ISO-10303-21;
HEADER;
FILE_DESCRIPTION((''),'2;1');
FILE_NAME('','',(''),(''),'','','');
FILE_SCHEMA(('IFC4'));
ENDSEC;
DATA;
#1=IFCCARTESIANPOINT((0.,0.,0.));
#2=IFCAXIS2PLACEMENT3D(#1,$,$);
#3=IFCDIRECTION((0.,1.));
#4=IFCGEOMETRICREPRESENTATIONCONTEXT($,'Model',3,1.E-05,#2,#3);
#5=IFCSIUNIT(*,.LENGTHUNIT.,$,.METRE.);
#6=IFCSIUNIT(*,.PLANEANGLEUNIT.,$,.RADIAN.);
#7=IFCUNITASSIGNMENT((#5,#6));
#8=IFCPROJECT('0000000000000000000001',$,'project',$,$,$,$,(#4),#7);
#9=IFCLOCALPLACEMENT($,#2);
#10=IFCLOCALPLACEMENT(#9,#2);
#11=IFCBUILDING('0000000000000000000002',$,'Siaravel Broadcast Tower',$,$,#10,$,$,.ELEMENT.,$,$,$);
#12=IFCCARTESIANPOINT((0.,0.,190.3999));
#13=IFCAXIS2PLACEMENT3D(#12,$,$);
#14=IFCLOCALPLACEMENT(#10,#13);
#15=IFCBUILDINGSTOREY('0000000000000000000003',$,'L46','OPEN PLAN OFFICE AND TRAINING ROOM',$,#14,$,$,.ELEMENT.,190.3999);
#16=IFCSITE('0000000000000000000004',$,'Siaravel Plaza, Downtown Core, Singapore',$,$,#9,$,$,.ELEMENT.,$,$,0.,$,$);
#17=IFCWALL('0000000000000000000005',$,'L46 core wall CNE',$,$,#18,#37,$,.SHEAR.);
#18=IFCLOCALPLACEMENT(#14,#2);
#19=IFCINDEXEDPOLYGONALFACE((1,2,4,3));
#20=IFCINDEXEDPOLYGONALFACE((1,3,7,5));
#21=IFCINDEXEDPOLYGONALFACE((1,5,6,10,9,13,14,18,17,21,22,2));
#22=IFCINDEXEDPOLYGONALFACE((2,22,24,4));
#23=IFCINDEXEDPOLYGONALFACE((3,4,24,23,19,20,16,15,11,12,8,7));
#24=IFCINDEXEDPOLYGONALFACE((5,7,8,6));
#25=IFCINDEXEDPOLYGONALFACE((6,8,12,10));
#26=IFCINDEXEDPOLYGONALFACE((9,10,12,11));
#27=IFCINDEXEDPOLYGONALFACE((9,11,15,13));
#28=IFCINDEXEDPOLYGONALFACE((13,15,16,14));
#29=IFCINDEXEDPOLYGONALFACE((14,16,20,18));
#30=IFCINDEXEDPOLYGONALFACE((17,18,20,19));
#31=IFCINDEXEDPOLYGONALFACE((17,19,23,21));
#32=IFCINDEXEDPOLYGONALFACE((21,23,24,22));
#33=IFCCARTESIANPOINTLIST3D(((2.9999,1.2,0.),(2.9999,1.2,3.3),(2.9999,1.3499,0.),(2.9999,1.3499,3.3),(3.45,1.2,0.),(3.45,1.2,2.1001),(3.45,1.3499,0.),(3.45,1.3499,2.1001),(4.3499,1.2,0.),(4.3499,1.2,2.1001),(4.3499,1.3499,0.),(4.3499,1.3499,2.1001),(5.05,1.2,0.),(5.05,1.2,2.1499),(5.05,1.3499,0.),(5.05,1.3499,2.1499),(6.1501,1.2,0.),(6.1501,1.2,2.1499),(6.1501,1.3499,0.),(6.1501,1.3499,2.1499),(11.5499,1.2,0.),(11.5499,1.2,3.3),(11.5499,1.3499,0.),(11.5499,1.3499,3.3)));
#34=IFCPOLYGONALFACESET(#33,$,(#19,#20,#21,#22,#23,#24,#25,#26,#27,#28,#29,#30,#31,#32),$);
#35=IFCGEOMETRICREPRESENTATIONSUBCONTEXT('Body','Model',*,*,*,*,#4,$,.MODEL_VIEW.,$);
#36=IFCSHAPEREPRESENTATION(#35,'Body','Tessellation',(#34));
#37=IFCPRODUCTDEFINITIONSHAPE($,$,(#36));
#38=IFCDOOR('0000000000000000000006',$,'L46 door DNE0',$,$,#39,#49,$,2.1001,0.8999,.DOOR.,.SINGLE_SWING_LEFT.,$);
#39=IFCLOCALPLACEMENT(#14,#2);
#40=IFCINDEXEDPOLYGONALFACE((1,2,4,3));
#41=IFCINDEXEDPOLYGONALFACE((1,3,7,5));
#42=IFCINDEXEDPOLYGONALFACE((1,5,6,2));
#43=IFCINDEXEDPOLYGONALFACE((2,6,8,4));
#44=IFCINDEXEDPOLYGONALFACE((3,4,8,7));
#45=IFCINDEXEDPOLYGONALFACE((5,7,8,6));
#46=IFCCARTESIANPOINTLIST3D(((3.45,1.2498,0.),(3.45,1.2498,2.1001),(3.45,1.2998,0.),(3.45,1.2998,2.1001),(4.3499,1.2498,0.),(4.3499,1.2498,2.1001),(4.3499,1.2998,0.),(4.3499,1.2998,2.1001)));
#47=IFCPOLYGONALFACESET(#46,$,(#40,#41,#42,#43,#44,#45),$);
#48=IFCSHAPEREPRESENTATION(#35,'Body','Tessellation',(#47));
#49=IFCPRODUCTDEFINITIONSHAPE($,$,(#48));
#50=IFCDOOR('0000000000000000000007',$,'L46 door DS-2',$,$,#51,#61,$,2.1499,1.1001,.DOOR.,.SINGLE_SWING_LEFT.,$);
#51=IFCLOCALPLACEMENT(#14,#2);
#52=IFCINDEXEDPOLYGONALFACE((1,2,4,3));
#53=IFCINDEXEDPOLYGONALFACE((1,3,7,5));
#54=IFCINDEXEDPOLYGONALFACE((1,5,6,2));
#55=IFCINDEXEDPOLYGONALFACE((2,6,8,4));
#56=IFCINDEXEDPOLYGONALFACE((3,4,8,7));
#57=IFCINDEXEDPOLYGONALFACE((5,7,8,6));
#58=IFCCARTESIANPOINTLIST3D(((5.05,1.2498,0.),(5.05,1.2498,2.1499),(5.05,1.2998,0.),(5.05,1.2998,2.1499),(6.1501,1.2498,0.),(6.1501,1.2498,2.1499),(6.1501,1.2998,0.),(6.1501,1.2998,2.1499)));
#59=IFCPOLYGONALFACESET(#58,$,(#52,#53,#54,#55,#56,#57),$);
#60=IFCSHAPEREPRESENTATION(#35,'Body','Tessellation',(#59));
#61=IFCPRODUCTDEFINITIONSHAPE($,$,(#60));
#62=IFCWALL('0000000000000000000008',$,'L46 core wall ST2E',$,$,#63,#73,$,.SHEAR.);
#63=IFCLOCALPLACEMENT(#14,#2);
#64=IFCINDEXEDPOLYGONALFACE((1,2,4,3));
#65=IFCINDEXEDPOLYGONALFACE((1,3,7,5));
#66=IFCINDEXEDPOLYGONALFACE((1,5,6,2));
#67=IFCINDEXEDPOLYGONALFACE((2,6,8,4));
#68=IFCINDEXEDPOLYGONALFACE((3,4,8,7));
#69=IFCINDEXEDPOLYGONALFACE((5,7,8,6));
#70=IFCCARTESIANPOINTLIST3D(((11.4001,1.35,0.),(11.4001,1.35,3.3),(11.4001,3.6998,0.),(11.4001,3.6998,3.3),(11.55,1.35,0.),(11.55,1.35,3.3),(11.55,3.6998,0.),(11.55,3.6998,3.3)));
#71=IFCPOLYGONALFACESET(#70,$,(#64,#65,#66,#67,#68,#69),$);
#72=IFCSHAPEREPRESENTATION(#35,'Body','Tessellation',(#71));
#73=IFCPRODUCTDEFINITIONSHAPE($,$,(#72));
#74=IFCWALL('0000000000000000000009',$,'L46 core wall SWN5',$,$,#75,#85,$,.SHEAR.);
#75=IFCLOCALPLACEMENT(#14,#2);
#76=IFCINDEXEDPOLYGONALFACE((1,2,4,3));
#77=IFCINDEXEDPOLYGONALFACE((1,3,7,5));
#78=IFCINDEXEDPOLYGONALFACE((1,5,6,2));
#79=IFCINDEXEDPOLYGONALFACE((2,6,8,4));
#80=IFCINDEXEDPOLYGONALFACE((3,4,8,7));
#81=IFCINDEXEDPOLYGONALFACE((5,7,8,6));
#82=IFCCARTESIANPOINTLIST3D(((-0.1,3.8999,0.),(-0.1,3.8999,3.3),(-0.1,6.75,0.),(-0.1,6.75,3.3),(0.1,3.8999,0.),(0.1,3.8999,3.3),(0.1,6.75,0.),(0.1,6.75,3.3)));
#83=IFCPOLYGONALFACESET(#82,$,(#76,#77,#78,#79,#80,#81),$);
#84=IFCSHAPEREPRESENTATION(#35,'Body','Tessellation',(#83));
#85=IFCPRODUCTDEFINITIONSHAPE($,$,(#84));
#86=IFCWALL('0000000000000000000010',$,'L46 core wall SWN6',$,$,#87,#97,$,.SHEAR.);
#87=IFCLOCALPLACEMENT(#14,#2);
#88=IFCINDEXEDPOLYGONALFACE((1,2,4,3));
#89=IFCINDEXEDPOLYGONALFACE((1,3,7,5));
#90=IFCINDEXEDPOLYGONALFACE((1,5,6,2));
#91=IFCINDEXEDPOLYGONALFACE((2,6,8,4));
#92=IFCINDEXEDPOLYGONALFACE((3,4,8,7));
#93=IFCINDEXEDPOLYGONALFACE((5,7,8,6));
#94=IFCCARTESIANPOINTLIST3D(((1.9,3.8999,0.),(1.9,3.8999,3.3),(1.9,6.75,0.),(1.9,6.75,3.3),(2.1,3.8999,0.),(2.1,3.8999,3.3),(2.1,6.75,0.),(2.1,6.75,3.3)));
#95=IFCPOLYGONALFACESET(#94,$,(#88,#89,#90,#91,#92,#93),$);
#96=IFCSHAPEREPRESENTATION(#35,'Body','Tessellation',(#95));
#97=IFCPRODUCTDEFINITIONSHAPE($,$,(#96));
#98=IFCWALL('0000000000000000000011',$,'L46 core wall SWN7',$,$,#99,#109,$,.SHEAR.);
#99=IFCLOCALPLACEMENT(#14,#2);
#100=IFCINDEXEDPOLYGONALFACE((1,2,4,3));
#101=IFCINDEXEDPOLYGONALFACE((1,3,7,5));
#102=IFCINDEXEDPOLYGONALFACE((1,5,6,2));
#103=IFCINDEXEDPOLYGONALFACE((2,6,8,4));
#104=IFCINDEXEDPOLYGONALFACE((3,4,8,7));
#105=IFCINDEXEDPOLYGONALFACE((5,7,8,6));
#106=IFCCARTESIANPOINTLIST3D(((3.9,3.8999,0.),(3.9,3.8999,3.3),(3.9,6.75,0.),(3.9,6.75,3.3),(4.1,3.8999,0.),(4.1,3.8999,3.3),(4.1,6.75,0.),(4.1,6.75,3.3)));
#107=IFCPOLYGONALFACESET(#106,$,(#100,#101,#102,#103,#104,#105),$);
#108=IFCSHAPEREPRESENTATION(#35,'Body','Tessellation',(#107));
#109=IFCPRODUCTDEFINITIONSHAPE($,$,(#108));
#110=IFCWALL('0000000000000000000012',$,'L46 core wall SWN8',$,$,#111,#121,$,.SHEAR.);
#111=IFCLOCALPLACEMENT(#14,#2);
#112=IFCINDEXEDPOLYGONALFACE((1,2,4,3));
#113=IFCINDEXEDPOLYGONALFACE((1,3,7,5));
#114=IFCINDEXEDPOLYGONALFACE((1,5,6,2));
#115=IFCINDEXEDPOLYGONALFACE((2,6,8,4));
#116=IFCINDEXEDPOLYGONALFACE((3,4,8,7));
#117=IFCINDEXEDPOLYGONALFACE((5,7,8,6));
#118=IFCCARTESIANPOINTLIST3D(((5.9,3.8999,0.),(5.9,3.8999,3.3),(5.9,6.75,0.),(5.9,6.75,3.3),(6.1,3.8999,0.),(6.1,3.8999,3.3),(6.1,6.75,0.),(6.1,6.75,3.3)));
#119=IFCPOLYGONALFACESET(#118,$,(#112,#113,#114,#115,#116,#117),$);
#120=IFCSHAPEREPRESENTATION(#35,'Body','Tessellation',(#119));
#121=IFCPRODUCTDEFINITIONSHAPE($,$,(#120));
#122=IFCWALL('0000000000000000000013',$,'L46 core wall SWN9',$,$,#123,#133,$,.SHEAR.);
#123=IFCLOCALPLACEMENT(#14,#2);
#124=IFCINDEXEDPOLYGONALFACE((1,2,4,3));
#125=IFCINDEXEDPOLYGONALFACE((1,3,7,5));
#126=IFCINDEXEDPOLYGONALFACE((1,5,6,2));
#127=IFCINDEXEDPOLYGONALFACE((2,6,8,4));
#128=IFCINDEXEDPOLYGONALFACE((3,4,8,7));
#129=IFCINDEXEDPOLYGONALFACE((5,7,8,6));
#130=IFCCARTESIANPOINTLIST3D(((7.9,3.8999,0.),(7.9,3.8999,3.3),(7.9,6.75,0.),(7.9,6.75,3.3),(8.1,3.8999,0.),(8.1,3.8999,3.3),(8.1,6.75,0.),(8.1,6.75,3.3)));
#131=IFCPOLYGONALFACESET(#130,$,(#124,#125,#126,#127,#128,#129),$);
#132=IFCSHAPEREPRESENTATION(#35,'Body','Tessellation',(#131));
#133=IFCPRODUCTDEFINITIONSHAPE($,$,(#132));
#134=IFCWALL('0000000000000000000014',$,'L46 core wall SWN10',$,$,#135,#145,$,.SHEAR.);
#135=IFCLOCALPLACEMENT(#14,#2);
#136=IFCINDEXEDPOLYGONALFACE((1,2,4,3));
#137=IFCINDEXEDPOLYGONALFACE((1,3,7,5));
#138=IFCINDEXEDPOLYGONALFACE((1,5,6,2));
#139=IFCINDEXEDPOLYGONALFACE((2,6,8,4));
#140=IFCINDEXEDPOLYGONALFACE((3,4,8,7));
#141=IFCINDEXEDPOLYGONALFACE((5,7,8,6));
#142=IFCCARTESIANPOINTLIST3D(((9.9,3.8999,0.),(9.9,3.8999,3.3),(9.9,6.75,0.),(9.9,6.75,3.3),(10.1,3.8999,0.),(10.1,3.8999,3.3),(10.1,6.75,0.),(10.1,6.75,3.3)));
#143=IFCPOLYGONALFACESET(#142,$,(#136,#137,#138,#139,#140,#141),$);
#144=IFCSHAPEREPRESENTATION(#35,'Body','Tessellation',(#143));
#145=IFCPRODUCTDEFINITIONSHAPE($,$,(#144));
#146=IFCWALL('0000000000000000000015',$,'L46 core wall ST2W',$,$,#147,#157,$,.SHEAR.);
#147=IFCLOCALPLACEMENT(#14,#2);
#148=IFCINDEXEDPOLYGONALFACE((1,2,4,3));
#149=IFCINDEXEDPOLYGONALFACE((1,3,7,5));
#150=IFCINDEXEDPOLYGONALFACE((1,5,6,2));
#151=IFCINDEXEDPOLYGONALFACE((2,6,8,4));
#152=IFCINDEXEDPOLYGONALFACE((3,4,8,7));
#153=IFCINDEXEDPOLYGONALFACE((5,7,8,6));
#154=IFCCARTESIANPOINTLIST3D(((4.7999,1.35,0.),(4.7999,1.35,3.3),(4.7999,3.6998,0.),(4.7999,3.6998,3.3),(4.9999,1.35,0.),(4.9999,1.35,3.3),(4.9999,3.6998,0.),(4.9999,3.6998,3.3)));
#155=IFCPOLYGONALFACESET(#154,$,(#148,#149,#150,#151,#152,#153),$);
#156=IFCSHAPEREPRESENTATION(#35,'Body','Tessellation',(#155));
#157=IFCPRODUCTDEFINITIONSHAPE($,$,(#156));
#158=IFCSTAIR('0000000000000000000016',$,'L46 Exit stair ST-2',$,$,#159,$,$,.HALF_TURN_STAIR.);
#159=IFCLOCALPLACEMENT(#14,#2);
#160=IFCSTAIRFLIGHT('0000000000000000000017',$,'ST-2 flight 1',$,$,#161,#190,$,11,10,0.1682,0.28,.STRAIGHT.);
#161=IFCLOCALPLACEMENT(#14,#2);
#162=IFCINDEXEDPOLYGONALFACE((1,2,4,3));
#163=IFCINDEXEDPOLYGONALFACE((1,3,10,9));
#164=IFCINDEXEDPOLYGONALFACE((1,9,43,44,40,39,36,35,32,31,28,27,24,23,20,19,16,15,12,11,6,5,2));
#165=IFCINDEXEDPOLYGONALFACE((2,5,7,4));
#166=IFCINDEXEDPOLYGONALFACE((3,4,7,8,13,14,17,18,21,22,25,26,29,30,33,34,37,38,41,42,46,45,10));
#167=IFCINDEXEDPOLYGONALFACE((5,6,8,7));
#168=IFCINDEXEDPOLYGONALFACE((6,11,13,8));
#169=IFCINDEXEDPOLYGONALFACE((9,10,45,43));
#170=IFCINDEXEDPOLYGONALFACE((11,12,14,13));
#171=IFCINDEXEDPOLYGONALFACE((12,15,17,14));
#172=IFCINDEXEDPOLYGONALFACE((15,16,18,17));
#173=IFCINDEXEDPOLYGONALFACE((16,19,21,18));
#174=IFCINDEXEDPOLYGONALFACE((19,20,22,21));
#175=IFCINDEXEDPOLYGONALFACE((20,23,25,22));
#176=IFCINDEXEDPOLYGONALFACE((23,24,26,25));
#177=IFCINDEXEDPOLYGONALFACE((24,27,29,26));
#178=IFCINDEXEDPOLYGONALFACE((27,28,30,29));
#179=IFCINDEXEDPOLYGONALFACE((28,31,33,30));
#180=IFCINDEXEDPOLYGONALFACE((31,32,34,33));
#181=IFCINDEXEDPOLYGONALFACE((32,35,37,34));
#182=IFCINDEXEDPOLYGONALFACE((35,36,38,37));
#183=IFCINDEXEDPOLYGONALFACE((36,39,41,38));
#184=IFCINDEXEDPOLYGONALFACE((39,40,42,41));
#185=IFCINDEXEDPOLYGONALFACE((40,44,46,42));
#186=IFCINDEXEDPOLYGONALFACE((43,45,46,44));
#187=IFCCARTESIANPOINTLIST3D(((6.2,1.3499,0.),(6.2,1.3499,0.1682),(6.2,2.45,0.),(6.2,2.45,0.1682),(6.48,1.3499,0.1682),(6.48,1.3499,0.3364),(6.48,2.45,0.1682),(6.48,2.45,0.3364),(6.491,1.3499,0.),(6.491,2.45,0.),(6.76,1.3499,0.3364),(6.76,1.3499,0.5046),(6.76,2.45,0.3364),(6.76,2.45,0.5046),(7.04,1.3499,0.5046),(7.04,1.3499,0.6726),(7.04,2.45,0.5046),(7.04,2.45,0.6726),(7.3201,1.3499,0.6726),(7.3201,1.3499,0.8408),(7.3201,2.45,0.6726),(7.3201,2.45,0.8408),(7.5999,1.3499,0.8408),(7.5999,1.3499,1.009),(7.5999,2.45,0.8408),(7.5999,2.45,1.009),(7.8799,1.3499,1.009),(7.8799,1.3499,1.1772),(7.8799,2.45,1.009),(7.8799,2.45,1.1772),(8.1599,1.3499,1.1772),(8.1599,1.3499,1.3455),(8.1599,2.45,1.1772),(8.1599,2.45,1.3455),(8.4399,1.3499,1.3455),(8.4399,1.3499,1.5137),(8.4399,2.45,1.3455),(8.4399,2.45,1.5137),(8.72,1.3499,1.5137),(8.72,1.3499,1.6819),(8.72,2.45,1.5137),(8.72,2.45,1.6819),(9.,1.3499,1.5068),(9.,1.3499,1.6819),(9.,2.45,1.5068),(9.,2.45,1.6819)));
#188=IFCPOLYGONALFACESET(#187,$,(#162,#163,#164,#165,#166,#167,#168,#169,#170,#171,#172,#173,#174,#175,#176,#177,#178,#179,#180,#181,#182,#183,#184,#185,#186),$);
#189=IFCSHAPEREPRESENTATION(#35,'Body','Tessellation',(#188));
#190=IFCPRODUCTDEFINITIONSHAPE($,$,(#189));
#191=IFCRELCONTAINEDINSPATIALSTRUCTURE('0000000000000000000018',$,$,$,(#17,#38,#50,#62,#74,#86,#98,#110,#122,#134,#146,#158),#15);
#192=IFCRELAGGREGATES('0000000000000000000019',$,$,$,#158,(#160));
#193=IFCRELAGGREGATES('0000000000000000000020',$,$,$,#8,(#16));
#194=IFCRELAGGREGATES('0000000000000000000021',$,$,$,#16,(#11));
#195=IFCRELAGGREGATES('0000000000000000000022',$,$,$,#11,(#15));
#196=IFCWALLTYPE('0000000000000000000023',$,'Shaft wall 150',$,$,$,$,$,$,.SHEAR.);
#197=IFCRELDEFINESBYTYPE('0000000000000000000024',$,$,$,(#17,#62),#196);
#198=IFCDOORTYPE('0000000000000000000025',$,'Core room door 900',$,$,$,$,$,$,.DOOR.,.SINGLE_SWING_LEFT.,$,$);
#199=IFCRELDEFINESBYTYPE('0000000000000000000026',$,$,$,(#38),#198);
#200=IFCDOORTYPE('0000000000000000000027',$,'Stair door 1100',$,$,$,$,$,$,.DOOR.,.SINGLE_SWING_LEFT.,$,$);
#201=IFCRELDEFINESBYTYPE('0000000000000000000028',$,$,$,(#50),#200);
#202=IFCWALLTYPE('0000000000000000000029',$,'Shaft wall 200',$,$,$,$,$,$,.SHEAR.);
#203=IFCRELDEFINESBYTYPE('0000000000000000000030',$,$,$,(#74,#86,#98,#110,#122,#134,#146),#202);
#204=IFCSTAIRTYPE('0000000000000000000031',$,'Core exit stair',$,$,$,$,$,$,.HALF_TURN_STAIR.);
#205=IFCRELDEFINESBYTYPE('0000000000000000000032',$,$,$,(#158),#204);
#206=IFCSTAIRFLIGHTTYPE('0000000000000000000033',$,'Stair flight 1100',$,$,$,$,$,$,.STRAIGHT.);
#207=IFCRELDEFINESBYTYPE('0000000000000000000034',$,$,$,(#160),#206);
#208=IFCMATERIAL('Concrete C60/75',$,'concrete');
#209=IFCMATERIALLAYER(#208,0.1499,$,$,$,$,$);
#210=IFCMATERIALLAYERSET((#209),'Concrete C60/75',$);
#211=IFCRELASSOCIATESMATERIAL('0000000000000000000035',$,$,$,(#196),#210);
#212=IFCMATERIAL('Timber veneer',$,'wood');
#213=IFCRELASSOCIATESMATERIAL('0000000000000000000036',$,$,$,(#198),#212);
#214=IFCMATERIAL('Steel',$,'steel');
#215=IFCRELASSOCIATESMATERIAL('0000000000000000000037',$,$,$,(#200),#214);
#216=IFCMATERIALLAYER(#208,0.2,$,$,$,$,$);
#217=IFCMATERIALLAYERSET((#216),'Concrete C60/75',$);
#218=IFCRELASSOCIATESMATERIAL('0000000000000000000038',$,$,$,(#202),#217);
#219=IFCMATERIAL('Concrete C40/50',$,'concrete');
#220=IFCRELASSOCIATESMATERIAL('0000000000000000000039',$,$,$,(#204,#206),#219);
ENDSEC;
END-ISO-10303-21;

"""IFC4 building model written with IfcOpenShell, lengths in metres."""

from ifc_helpers import new_model, si_unit, direction, frame, frame_2d, origin, place, context, subcontext, project, spatial, polyline, rectangle, outline, extrude, material, layer, layer_set, type_object, element, fill, aggregate, save


model = new_model("IFC4")

# Units and contexts
model_context = context("Model", 3, precision=1e-05, world=origin(), true_north=direction((0.0, 1.0)))
body_context = subcontext(model_context, "Body", "Model", "MODEL_VIEW")
ifc_project = project(units=[si_unit("LENGTHUNIT", "METRE"), si_unit("PLANEANGLEUNIT", "RADIAN")], contexts=[model_context])

# Site, building, storey
site_placement = place(None, origin())
site = spatial("IfcSite", under=ifc_project, at=site_placement, Name="Siaravel Plaza, Downtown Core, Singapore", CompositionType="ELEMENT", RefElevation=0.0)
building_placement = place(site_placement, origin())
building = spatial("IfcBuilding", under=site, at=building_placement, Name="Siaravel Broadcast Tower", CompositionType="ELEMENT")
storey_placement = place(building_placement, frame((0.0, 0.0, 190.3999)))
storey = spatial("IfcBuildingStorey", under=building, at=storey_placement, Name="L46", Description="OPEN PLAN OFFICE AND TRAINING ROOM", CompositionType="ELEMENT", Elevation=190.3999)

# Shared definitions
ifc_material_1 = material(Name="Concrete C60/75", Category="concrete")

# Shared definitions
ifc_material_2 = material(Name="Timber veneer", Category="wood")

# Wall, openings, doors
ifc_layer_1 = layer(ifc_material_1, 0.1499)
ifc_layer_set_1 = layer_set([ifc_layer_1], Name="Concrete C60/75")
wall_type_1 = type_object("IfcWallType", Name="Shaft wall 150", PredefinedType="SHEAR", material=ifc_layer_set_1)
wall_1_placement = place(storey_placement, frame((3.0, 1.2749, 0.0), z_axis=(0.0, 0.0, 1.0), x_axis=(1.0, 0.0, 0.0)))
wall_1 = element("IfcWall", 1, at=wall_1_placement, inside=storey, type_object=wall_type_1, Name="L46 core wall CNE", PredefinedType="SHEAR", context=body_context, shape_type="SweptSolid", body=[
    extrude(rectangle(XDim=8.55, YDim=0.1499, at=frame_2d((4.2749, 0.0))), origin(), (0.0, 0.0, 1.0), 3.3),
])
opening_1_placement = place(wall_1_placement, frame((2.05, 0.0, 0.0)))
opening_1 = element("IfcOpeningElement", 2, at=opening_1_placement, cuts=wall_1, PredefinedType="OPENING", context=body_context, shape_type="SweptSolid", body=[
    extrude(rectangle(XDim=1.1001, YDim=2.1499, at=frame_2d((0.55, 1.075))), frame((0.0, 0.085, 0.0), z_axis=(0.0, -1.0, 0.0), x_axis=(1.0, 0.0, 0.0)), (0.0, 0.0, 1.0), 0.1699),
])
opening_2_placement = place(wall_1_placement, frame((0.45, 0.0, 0.0)))
opening_2 = element("IfcOpeningElement", 3, at=opening_2_placement, cuts=wall_1, PredefinedType="OPENING", context=body_context, shape_type="SweptSolid", body=[
    extrude(rectangle(XDim=0.8999, YDim=2.1001, at=frame_2d((0.45, 1.05))), frame((0.0, 0.085, 0.0), z_axis=(0.0, -1.0, 0.0), x_axis=(1.0, 0.0, 0.0)), (0.0, 0.0, 1.0), 0.1699),
])
door_type_1 = type_object("IfcDoorType", Name="Core room door 900", OperationType="SINGLE_SWING_LEFT", PredefinedType="DOOR", material=ifc_material_2)
door_1_placement = place(opening_2_placement, origin())
door_1 = element("IfcDoor", 4, at=door_1_placement, inside=storey, type_object=door_type_1, Name="L46 door DNE0", OperationType="SINGLE_SWING_LEFT", OverallHeight=2.1001, OverallWidth=0.8999, PredefinedType="DOOR", context=body_context, shape_type="SweptSolid", body=[
    extrude(rectangle(XDim=0.8999, YDim=2.1001, at=frame_2d((0.45, 1.05))), frame((0.0, 0.0249, 0.0), z_axis=(0.0, -1.0, 0.0), x_axis=(1.0, 0.0, 0.0)), (0.0, 0.0, 1.0), 0.05),
])
fill(opening_2, door_1)
ifc_material_3 = material(Name="Steel", Category="steel")
door_type_2 = type_object("IfcDoorType", Name="Stair door 1100", OperationType="SINGLE_SWING_LEFT", PredefinedType="DOOR", material=ifc_material_3)
door_2_placement = place(opening_1_placement, origin())
door_2 = element("IfcDoor", 5, at=door_2_placement, inside=storey, type_object=door_type_2, Name="L46 door DS-2", OperationType="SINGLE_SWING_LEFT", OverallHeight=2.1499, OverallWidth=1.1001, PredefinedType="DOOR", context=body_context, shape_type="SweptSolid", body=[
    extrude(rectangle(XDim=1.1001, YDim=2.1499, at=frame_2d((0.55, 1.075))), frame((0.0, 0.0249, 0.0), z_axis=(0.0, -1.0, 0.0), x_axis=(1.0, 0.0, 0.0)), (0.0, 0.0, 1.0), 0.05),
])
fill(opening_1, door_2)

# Walls
wall_2_placement = place(storey_placement, frame((11.4751, 1.3501, 0.0), z_axis=(0.0, 0.0, 1.0), x_axis=(0.0, 1.0, 0.0)))
element("IfcWall", 6, at=wall_2_placement, inside=storey, type_object=wall_type_1, Name="L46 core wall ST2E", PredefinedType="SHEAR", context=body_context, shape_type="SweptSolid", body=[
    extrude(rectangle(XDim=2.3499, YDim=0.1499, at=frame_2d((1.1748, 0.0))), origin(), (0.0, 0.0, 1.0), 3.3),
])
ifc_layer_2 = layer(ifc_material_1, 0.2)
ifc_layer_set_2 = layer_set([ifc_layer_2], Name="Concrete C60/75")
wall_type_2 = type_object("IfcWallType", Name="Shaft wall 200", PredefinedType="SHEAR", material=ifc_layer_set_2)
for number, where, z_axis, x_axis, name in (
    (7, (0.0, 3.8999, 0.0), (0.0, 0.0, 1.0), (0.0, 1.0, 0.0), "L46 core wall SWN5"),
    (8, (2.0, 3.8999, 0.0), (0.0, 0.0, 1.0), (0.0, 1.0, 0.0), "L46 core wall SWN6"),
    (9, (4.0, 3.8999, 0.0), (0.0, 0.0, 1.0), (0.0, 1.0, 0.0), "L46 core wall SWN7"),
    (10, (6.0, 3.8999, 0.0), (0.0, 0.0, 1.0), (0.0, 1.0, 0.0), "L46 core wall SWN8"),
    (11, (8.0, 3.8999, 0.0), (0.0, 0.0, 1.0), (0.0, 1.0, 0.0), "L46 core wall SWN9"),
    (12, (10.0, 3.8999, 0.0), (0.0, 0.0, 1.0), (0.0, 1.0, 0.0), "L46 core wall SWN10"),
):
    element("IfcWall", number, at=place(storey_placement, frame(where, z_axis=z_axis, x_axis=x_axis)), inside=storey, type_object=wall_type_2, Name=name, PredefinedType="SHEAR", context=body_context, shape_type="SweptSolid", body=[
        extrude(rectangle(XDim=2.8501, YDim=0.2, at=frame_2d((1.425, 0.0))), origin(), (0.0, 0.0, 1.0), 3.3),
    ])
wall_3_placement = place(storey_placement, frame((4.8999, 1.3501, 0.0), z_axis=(0.0, 0.0, 1.0), x_axis=(0.0, 1.0, 0.0)))
element("IfcWall", 13, at=wall_3_placement, inside=storey, type_object=wall_type_2, Name="L46 core wall ST2W", PredefinedType="SHEAR", context=body_context, shape_type="SweptSolid", body=[
    extrude(rectangle(XDim=2.3499, YDim=0.2, at=frame_2d((1.1748, 0.0))), origin(), (0.0, 0.0, 1.0), 3.3),
])

# Stair, stair flight
ifc_material_4 = material(Name="Concrete C40/50", Category="concrete")
stair_type = type_object("IfcStairType", Name="Core exit stair", PredefinedType="HALF_TURN_STAIR", material=ifc_material_4)
stair_placement = place(storey_placement, origin())
stair = element("IfcStair", 14, at=stair_placement, inside=storey, type_object=stair_type, Name="L46 Exit stair ST-2", PredefinedType="HALF_TURN_STAIR")
stair_flight_type = type_object("IfcStairFlightType", Name="Stair flight 1100", PredefinedType="STRAIGHT", material=ifc_material_4)
stair_flight_1_placement = place(storey_placement, frame((6.2, 1.8999, 0.0), z_axis=(0.0, 0.0, 1.0), x_axis=(1.0, 0.0, 0.0)))
stair_flight_1 = element("IfcStairFlight", 15, at=stair_flight_1_placement, type_object=stair_flight_type, Name="ST-2 flight 1", NumberOfRisers=11, NumberOfTreads=10, PredefinedType="STRAIGHT", RiserHeight=0.1682, TreadLength=0.28, context=body_context, shape_type="SweptSolid", body=[
    extrude(outline(polyline([(0.0, 0.0), (0.0, 0.1682), (0.28, 0.1682), (0.28, 0.3364), (0.5601, 0.3364), (0.5601, 0.5046), (0.8401, 0.5046), (0.8401, 0.6726), (1.1201, 0.6726), (1.1201, 0.8408), (1.3999, 0.8408), (1.3999, 1.009), (1.6799, 1.009), (1.6799, 1.1772), (1.96, 1.1772), (1.96, 1.3455), (2.24, 1.3455), (2.24, 1.5137), (2.52, 1.5137), (2.52, 1.6819), (2.8, 1.6819), (2.8, 1.8501), (2.8, 1.5068), (0.291, 0.0), (0.0, 0.0)])), frame((0.0, 0.55, 0.0), z_axis=(0.0, -1.0, 0.0), x_axis=(1.0, 0.0, 0.0)), (0.0, 0.0, 1.0), 1.1001),
])
aggregate(stair, [stair_flight_1])

save(model, "model.ifc")
